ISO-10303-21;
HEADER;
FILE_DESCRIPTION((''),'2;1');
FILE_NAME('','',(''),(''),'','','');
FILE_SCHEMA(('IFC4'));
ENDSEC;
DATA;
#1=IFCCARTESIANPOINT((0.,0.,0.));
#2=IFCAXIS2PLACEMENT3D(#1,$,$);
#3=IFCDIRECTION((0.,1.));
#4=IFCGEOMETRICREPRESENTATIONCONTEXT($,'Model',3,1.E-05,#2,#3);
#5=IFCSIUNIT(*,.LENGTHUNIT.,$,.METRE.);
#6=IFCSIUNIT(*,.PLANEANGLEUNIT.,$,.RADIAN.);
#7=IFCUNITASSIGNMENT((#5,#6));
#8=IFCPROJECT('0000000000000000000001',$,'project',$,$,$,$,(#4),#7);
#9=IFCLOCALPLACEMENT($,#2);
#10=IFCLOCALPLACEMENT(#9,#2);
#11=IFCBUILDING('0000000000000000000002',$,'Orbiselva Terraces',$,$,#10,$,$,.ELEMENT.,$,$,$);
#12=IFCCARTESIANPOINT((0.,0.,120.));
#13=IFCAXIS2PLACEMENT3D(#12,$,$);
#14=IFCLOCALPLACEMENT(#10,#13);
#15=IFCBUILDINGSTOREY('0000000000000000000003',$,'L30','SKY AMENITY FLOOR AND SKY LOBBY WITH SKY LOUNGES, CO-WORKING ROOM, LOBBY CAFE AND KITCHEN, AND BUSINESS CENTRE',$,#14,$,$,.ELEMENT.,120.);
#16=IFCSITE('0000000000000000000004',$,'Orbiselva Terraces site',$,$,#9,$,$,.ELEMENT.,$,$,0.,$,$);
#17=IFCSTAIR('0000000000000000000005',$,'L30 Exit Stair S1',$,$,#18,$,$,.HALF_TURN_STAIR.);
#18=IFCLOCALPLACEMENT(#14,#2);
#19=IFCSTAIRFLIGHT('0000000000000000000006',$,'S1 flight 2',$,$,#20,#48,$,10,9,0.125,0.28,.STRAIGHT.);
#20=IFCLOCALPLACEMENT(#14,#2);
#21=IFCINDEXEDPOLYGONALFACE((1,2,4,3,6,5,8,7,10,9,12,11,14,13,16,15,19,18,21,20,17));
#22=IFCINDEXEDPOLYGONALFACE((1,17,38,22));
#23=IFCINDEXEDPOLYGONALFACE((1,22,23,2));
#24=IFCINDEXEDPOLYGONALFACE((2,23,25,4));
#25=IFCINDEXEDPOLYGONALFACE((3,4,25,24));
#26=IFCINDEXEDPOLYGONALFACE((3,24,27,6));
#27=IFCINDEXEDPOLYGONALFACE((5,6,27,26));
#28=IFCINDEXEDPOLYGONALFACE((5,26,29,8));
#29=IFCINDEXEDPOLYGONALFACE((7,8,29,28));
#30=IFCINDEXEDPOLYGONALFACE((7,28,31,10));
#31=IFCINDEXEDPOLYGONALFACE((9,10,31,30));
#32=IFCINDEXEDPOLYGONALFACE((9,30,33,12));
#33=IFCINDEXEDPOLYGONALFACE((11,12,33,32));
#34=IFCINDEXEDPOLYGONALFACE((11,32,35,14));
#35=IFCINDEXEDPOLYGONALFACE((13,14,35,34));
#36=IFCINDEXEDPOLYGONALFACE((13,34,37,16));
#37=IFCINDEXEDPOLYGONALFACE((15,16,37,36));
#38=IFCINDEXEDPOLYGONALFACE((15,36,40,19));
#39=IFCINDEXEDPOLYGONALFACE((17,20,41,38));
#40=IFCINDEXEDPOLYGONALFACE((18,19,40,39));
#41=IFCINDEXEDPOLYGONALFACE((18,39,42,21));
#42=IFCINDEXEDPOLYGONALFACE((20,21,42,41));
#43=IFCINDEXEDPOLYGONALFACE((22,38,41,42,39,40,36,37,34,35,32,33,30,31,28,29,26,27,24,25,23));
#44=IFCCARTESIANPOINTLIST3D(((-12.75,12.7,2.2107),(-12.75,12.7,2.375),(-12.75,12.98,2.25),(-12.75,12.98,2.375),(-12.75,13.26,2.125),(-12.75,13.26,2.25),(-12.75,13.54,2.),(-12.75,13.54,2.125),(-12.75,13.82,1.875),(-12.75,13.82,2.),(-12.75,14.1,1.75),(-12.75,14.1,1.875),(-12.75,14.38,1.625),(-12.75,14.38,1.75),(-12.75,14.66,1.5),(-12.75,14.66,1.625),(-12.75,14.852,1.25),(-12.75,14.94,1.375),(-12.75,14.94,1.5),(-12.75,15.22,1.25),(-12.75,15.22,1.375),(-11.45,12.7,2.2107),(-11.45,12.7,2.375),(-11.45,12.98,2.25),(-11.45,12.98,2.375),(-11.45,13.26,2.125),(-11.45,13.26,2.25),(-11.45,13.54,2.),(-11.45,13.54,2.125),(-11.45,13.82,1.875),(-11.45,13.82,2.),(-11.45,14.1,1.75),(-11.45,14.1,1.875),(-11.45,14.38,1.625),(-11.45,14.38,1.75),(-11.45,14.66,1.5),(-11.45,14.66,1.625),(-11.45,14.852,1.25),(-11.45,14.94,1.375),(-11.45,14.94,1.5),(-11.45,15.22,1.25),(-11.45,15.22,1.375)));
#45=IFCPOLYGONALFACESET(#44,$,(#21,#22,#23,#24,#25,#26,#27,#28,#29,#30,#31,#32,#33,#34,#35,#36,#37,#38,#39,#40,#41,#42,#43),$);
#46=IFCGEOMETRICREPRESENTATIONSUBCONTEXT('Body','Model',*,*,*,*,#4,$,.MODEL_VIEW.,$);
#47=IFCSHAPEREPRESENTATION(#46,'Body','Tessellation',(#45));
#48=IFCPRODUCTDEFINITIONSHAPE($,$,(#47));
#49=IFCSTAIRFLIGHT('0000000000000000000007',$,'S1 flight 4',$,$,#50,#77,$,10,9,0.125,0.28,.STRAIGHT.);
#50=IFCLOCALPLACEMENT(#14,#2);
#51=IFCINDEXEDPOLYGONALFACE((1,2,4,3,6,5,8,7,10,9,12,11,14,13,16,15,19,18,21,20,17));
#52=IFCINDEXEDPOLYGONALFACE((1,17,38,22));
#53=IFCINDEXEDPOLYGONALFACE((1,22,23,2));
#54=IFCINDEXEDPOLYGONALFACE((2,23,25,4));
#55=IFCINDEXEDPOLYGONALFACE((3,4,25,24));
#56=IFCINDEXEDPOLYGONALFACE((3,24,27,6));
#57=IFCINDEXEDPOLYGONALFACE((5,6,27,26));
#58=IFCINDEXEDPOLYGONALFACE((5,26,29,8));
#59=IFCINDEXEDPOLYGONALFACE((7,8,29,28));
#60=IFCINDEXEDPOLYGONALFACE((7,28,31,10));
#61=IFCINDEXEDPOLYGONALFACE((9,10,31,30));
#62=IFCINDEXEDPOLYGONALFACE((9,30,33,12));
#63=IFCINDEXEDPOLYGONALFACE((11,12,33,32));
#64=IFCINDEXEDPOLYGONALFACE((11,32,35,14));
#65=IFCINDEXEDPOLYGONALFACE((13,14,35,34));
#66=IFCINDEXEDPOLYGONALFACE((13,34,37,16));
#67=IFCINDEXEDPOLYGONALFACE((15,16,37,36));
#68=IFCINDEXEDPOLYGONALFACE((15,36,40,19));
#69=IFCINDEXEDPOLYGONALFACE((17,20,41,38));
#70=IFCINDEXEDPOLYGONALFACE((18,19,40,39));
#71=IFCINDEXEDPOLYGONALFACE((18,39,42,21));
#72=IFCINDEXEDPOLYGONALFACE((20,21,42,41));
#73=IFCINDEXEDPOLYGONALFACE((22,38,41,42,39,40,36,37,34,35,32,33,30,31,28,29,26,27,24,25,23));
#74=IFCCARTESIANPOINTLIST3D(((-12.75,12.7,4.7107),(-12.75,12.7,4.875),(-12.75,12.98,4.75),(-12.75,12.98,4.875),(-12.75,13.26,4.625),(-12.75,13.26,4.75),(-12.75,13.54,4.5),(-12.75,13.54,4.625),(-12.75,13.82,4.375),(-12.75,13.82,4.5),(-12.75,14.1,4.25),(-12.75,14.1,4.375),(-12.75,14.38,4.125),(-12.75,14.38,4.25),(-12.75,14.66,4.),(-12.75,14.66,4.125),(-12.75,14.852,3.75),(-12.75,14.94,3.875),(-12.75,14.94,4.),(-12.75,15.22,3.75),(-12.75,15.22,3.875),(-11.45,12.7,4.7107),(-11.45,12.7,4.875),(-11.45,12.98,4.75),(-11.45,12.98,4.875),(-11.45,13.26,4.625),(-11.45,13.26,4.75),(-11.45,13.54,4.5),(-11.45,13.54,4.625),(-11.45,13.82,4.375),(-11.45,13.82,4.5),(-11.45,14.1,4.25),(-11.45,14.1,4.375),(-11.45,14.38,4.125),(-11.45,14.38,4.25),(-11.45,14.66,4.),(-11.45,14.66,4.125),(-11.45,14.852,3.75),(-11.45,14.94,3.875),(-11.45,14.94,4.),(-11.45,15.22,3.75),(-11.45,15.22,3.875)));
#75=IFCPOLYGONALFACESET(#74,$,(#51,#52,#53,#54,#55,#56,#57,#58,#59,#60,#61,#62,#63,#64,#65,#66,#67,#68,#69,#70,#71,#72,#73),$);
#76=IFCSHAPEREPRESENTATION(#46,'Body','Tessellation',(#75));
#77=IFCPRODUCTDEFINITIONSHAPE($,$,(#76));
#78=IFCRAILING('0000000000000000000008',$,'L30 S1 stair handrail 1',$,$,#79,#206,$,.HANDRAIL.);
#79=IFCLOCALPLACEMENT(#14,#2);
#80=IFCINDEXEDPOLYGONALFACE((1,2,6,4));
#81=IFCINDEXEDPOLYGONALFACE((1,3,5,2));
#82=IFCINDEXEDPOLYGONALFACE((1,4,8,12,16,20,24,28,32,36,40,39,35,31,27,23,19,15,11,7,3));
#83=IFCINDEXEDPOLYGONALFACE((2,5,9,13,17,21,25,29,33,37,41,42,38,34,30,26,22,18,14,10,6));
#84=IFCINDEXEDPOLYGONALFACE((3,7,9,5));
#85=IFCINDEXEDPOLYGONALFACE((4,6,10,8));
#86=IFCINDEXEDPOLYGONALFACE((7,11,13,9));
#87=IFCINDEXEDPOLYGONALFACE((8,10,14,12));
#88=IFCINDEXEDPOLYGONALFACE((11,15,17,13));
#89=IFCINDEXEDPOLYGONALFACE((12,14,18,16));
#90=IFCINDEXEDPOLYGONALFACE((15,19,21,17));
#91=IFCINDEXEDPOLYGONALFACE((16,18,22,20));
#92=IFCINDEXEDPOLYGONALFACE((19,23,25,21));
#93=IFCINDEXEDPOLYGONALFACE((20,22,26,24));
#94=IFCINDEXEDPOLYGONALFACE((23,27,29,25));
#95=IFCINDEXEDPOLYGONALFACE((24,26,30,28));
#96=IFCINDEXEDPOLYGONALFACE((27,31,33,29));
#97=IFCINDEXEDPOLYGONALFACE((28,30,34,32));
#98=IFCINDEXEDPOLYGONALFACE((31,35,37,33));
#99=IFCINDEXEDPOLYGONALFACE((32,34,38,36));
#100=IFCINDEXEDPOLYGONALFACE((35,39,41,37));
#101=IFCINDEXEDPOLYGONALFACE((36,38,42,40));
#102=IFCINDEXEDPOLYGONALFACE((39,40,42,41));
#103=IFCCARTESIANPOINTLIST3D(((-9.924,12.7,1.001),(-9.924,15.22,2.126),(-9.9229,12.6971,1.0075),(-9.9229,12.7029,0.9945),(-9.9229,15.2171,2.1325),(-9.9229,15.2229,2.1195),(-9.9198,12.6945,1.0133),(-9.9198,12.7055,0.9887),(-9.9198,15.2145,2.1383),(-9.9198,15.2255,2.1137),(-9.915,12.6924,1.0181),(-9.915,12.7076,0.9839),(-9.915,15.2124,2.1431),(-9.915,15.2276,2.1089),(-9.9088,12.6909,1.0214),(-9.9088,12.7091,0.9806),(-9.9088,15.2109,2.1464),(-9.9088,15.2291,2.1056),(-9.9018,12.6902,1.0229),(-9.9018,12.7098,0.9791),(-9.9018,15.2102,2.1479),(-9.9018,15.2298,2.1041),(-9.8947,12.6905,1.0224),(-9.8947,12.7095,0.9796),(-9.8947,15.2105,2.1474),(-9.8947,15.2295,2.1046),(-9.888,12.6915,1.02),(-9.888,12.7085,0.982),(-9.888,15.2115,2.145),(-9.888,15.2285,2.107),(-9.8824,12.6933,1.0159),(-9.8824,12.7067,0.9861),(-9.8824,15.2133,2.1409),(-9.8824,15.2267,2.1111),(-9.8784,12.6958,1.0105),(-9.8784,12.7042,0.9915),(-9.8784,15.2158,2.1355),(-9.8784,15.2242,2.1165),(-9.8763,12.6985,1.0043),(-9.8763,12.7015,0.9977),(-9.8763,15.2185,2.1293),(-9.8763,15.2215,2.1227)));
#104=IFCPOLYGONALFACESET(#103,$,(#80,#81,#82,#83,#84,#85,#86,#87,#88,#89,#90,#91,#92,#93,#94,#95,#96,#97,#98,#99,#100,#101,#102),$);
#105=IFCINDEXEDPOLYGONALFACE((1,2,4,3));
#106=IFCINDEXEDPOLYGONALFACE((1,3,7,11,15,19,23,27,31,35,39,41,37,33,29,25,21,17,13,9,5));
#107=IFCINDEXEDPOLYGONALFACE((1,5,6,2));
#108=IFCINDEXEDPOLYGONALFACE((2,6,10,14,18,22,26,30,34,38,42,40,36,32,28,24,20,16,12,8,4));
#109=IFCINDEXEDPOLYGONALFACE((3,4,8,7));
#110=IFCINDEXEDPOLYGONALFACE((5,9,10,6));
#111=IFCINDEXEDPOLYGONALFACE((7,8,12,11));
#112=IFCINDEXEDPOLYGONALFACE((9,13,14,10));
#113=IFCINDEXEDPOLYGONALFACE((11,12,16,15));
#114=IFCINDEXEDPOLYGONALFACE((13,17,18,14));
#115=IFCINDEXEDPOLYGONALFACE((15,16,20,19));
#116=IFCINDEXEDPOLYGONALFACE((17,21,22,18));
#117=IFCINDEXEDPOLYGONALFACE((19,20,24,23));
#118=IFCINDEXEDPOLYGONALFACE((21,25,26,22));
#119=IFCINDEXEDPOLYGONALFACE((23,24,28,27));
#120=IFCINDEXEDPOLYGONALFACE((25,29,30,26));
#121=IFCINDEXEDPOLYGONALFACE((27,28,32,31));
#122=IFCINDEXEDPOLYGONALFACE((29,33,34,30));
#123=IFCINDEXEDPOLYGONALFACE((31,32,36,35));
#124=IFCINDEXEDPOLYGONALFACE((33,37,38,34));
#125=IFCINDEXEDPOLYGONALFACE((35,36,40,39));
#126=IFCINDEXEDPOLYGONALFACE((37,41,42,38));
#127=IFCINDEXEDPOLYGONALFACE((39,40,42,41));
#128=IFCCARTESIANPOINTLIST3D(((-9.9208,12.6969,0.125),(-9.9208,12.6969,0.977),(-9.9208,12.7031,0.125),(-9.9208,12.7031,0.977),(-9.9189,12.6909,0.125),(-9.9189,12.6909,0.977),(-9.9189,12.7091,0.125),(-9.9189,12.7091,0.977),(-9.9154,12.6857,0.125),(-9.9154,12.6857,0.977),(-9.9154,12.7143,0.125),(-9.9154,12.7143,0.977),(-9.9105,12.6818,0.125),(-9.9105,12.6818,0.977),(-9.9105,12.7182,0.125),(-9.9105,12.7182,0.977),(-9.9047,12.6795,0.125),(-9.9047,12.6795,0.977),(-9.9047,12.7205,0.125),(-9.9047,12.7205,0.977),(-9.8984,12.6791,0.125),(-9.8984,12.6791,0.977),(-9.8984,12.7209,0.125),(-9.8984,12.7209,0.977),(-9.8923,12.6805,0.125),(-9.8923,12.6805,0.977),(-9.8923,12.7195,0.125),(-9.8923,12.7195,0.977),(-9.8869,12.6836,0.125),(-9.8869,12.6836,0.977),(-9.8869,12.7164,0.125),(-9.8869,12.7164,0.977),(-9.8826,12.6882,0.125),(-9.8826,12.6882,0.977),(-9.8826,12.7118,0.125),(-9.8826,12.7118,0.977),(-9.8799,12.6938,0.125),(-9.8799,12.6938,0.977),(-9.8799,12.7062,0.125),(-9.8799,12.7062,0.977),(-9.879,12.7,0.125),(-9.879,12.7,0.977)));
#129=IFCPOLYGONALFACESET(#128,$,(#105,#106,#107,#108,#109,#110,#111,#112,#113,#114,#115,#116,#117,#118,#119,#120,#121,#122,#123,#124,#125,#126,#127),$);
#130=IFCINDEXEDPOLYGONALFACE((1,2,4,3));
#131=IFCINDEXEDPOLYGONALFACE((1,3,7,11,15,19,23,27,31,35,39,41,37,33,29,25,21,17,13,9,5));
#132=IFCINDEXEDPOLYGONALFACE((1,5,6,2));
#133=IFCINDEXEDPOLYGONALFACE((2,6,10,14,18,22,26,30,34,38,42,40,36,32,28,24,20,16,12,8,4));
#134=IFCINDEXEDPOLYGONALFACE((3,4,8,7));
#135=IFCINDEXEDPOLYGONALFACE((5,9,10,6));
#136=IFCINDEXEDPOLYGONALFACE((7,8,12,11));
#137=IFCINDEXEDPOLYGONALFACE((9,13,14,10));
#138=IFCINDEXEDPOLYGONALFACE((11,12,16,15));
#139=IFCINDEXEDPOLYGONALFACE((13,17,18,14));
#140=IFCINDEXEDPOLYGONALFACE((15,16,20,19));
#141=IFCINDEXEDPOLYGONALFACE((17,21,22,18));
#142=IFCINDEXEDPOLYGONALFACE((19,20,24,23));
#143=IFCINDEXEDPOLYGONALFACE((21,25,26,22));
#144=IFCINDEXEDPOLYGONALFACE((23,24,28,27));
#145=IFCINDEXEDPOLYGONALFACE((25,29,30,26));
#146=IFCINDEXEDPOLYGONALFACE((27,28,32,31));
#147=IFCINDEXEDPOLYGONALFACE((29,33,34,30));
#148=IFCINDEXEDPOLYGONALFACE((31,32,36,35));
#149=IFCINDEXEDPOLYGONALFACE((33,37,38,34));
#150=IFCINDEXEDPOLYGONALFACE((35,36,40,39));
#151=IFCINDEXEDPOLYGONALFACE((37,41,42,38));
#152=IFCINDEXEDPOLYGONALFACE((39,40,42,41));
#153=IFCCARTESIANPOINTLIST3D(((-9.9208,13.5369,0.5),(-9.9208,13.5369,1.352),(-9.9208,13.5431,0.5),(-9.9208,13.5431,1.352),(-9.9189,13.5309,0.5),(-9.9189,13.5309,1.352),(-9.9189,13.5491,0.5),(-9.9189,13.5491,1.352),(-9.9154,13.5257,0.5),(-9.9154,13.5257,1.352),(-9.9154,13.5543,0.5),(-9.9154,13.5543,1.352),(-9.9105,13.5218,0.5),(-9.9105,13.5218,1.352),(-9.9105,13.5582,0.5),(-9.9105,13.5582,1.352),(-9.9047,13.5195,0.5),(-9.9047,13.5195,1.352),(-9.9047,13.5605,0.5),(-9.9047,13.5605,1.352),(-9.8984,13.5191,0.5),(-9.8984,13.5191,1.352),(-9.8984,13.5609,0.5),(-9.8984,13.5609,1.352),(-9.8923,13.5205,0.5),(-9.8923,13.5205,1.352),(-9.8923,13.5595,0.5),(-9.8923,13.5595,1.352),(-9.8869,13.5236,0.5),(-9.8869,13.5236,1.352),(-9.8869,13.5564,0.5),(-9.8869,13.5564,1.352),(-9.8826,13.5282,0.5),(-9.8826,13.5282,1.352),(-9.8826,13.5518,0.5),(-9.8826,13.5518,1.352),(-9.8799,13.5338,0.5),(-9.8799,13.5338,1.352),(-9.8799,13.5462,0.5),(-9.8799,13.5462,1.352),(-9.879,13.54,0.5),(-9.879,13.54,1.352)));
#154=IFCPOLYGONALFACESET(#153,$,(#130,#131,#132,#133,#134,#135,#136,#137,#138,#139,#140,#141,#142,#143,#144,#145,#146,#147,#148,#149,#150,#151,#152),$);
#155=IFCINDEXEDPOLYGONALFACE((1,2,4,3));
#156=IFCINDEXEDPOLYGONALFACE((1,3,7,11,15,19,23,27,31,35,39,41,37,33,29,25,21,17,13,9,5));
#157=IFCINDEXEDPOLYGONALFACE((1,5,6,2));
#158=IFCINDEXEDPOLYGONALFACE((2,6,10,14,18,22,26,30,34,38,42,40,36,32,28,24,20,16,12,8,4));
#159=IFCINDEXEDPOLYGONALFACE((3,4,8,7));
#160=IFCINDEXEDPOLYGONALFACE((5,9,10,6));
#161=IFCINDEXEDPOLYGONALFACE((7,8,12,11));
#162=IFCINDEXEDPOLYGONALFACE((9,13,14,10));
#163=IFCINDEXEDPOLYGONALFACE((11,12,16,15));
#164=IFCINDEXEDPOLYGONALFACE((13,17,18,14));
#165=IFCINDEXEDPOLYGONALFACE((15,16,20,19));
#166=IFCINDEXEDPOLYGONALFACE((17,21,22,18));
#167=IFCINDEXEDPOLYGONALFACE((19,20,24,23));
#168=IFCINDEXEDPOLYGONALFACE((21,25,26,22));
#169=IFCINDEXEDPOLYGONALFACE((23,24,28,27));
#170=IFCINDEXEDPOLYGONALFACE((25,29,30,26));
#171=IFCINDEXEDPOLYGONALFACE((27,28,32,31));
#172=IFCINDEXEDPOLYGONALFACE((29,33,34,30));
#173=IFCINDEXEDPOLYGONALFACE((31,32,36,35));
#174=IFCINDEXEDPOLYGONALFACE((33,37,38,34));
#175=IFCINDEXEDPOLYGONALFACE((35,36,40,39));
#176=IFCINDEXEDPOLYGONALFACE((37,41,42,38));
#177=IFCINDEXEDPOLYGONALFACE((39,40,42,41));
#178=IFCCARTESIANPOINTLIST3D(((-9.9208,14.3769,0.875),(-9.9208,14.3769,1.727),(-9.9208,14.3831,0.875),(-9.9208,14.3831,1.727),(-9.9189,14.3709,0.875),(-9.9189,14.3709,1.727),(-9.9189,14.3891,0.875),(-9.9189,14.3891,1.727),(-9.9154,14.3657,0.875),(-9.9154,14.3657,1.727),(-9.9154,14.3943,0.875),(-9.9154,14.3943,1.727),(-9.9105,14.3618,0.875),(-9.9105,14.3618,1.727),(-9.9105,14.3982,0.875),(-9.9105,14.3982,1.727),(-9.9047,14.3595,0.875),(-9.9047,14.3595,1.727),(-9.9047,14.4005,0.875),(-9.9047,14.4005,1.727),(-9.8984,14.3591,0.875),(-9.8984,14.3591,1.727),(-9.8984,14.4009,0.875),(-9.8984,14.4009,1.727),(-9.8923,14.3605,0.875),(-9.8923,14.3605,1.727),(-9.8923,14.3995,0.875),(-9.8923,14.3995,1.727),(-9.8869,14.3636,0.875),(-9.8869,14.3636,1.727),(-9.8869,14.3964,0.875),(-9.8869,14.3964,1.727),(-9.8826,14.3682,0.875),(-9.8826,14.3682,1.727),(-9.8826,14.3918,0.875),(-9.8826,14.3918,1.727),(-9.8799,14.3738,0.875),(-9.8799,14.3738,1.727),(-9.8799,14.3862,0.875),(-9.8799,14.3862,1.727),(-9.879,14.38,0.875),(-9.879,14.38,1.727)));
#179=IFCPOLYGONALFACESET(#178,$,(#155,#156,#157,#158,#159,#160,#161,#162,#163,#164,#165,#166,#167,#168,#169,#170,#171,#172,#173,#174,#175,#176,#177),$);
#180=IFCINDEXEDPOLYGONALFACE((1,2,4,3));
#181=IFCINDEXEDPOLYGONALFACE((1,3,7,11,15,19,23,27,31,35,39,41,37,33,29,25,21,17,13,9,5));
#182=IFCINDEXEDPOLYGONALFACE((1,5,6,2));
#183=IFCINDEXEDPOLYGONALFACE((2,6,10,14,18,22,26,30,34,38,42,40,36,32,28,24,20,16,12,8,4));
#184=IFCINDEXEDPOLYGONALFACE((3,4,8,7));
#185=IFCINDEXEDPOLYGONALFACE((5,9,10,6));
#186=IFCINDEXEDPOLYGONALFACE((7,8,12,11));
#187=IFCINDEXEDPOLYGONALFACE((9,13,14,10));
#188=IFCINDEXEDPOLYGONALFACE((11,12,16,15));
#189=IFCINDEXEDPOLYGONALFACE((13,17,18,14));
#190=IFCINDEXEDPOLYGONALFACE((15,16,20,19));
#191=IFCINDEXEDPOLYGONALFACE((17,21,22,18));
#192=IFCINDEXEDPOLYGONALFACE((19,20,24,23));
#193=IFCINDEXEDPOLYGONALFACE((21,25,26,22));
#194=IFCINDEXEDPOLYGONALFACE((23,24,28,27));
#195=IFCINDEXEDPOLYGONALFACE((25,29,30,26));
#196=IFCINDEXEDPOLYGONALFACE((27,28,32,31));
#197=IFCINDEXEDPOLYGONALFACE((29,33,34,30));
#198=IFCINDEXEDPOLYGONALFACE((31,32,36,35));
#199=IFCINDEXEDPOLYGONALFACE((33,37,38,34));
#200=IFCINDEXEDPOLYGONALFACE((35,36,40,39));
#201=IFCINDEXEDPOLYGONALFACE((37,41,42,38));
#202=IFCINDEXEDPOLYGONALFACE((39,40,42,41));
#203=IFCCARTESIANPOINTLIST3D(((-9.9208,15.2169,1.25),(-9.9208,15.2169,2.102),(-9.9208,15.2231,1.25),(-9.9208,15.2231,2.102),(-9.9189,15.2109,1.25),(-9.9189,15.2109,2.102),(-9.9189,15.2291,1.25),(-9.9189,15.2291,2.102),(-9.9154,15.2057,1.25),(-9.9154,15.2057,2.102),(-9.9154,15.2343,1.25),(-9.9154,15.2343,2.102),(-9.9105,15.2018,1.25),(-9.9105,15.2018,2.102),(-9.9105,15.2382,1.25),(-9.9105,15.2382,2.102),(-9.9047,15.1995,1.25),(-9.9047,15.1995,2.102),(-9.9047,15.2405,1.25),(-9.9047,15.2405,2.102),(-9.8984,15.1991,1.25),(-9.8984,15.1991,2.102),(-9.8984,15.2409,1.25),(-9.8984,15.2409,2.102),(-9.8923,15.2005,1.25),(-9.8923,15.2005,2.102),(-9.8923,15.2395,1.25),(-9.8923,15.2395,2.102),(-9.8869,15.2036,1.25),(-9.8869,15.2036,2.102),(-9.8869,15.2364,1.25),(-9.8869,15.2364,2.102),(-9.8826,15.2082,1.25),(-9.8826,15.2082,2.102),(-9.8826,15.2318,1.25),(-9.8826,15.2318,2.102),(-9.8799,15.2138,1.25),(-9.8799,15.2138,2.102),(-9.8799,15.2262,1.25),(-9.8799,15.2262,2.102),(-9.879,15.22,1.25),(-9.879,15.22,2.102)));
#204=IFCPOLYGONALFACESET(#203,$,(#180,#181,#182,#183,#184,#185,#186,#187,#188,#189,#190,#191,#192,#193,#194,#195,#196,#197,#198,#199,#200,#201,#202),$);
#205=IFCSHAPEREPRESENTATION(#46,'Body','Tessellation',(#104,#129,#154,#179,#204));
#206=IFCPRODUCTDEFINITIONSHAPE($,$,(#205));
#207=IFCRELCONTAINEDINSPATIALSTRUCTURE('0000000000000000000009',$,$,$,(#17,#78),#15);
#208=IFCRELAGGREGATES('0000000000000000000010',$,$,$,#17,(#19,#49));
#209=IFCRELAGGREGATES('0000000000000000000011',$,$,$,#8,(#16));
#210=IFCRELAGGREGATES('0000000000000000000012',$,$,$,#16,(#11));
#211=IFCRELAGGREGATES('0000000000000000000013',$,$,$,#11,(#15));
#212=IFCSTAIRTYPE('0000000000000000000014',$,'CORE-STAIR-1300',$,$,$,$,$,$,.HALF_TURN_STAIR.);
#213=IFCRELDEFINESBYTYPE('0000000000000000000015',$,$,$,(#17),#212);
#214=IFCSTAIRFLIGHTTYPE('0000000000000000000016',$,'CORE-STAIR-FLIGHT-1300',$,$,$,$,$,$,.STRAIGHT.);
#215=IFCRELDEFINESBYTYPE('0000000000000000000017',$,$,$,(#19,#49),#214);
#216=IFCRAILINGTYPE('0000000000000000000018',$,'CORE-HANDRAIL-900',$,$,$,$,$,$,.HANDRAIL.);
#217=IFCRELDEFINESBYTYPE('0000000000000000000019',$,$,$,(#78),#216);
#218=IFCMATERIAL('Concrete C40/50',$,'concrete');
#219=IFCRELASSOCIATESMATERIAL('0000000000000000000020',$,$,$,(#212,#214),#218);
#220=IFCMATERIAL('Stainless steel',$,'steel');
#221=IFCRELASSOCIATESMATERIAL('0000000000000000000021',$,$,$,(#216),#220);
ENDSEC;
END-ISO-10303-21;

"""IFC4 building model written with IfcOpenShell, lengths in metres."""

from ifc_helpers import new_model, si_unit, direction, frame, origin, origin_2d, place, context, subcontext, project, spatial, polyline, circle, outline, extrude, material, type_object, element, aggregate, save


model = new_model("IFC4")

# Units and contexts
model_context = context("Model", 3, precision=1e-05, world=origin(), true_north=direction((0.0, 1.0)))
body_context = subcontext(model_context, "Body", "Model", "MODEL_VIEW")
ifc_project = project(units=[si_unit("LENGTHUNIT", "METRE"), si_unit("PLANEANGLEUNIT", "RADIAN")], contexts=[model_context])

# Site, building, storey
site_placement = place(None, origin())
site = spatial("IfcSite", under=ifc_project, at=site_placement, Name="Orbiselva Terraces site", CompositionType="ELEMENT", RefElevation=0.0)
building_placement = place(site_placement, origin())
building = spatial("IfcBuilding", under=site, at=building_placement, Name="Orbiselva Terraces", CompositionType="ELEMENT")
storey_placement = place(building_placement, frame((0.0, 0.0, 120.0)))
storey = spatial("IfcBuildingStorey", under=building, at=storey_placement, Name="L30", Description="SKY AMENITY FLOOR AND SKY LOBBY WITH SKY LOUNGES, CO-WORKING ROOM, LOBBY CAFE AND KITCHEN, AND BUSINESS CENTRE", CompositionType="ELEMENT", Elevation=120.0)

# Shared definitions
ifc_material_1 = material(Name="Concrete C40/50", Category="concrete")

# Stair, stair flights
stair_type = type_object("IfcStairType", Name="CORE-STAIR-1300", PredefinedType="HALF_TURN_STAIR", material=ifc_material_1)
stair_placement = place(storey_placement, origin())
stair = element("IfcStair", 1, at=stair_placement, inside=storey, type_object=stair_type, Name="L30 Exit Stair S1", PredefinedType="HALF_TURN_STAIR")
stair_flight_type = type_object("IfcStairFlightType", Name="CORE-STAIR-FLIGHT-1300", PredefinedType="STRAIGHT", material=ifc_material_1)
stair_flight_1_placement = place(storey_placement, frame((-12.1, 15.22, 1.25), z_axis=(0.0, 0.0, 1.0), x_axis=(0.0, -1.0, 0.0)))
stair_flight_1 = element("IfcStairFlight", 2, at=stair_flight_1_placement, type_object=stair_flight_type, Name="S1 flight 2", NumberOfRisers=10, NumberOfTreads=9, PredefinedType="STRAIGHT", RiserHeight=0.125, TreadLength=0.28, context=body_context, shape_type="SweptSolid", body=[
    extrude(outline(polyline([(0.0, 0.0), (0.0, 0.125), (0.28, 0.125), (0.28, 0.25), (0.56, 0.25), (0.56, 0.375), (0.84, 0.375), (0.84, 0.5), (1.12, 0.5), (1.12, 0.625), (1.4, 0.625), (1.4, 0.75), (1.68, 0.75), (1.68, 0.875), (1.96, 0.875), (1.96, 1.0), (2.24, 1.0), (2.24, 1.125), (2.52, 1.125), (2.52, 1.25), (2.52, 0.9607), (0.368, 0.0), (0.0, 0.0)])), frame((0.0, 0.65, 0.0), z_axis=(0.0, -1.0, 0.0), x_axis=(1.0, 0.0, 0.0)), (0.0, 0.0, 1.0), 1.3),
])
stair_flight_2_placement = place(storey_placement, frame((-12.1, 15.22, 3.75), z_axis=(0.0, 0.0, 1.0), x_axis=(0.0, -1.0, 0.0)))
stair_flight_2 = element("IfcStairFlight", 3, at=stair_flight_2_placement, type_object=stair_flight_type, Name="S1 flight 4", NumberOfRisers=10, NumberOfTreads=9, PredefinedType="STRAIGHT", RiserHeight=0.125, TreadLength=0.28, context=body_context, shape_type="SweptSolid", body=[
    extrude(outline(polyline([(0.0, 0.0), (0.0, 0.125), (0.28, 0.125), (0.28, 0.25), (0.56, 0.25), (0.56, 0.375), (0.84, 0.375), (0.84, 0.5), (1.12, 0.5), (1.12, 0.625), (1.4, 0.625), (1.4, 0.75), (1.68, 0.75), (1.68, 0.875), (1.96, 0.875), (1.96, 1.0), (2.24, 1.0), (2.24, 1.125), (2.52, 1.125), (2.52, 1.25), (2.52, 0.9607), (0.368, 0.0), (0.0, 0.0)])), frame((0.0, 0.65, 0.0), z_axis=(0.0, -1.0, 0.0), x_axis=(1.0, 0.0, 0.0)), (0.0, 0.0, 1.0), 1.3),
])
aggregate(stair, [stair_flight_1, stair_flight_2])

# Railing
ifc_material_2 = material(Name="Stainless steel", Category="steel")
railing_type = type_object("IfcRailingType", Name="CORE-HANDRAIL-900", PredefinedType="HANDRAIL", material=ifc_material_2)
railing_1_placement = place(storey_placement, frame((-9.9, 12.7, 0.125)))
element("IfcRailing", 4, at=railing_1_placement, inside=storey, type_object=railing_type, Name="L30 S1 stair handrail 1", PredefinedType="HANDRAIL", context=body_context, shape_type="SweptSolid", body=[
    extrude(circle(Radius=0.024, at=origin_2d()), frame((0.0, 0.0, 0.876), z_axis=(0.0, 0.913138, 0.407651), x_axis=(-1.0, 0.0, 0.0)), (0.0, 0.0, 1.0), 2.7597),
    extrude(circle(Radius=0.021, at=origin_2d()), origin(), (0.0, 0.0, 1.0), 0.852),
    extrude(circle(Radius=0.021, at=origin_2d()), frame((0.0, 0.84, 0.375)), (0.0, 0.0, 1.0), 0.852),
    extrude(circle(Radius=0.021, at=origin_2d()), frame((0.0, 1.68, 0.75)), (0.0, 0.0, 1.0), 0.852),
    extrude(circle(Radius=0.021, at=origin_2d()), frame((0.0, 2.52, 1.125)), (0.0, 0.0, 1.0), 0.852),
])

save(model, "model.ifc")
